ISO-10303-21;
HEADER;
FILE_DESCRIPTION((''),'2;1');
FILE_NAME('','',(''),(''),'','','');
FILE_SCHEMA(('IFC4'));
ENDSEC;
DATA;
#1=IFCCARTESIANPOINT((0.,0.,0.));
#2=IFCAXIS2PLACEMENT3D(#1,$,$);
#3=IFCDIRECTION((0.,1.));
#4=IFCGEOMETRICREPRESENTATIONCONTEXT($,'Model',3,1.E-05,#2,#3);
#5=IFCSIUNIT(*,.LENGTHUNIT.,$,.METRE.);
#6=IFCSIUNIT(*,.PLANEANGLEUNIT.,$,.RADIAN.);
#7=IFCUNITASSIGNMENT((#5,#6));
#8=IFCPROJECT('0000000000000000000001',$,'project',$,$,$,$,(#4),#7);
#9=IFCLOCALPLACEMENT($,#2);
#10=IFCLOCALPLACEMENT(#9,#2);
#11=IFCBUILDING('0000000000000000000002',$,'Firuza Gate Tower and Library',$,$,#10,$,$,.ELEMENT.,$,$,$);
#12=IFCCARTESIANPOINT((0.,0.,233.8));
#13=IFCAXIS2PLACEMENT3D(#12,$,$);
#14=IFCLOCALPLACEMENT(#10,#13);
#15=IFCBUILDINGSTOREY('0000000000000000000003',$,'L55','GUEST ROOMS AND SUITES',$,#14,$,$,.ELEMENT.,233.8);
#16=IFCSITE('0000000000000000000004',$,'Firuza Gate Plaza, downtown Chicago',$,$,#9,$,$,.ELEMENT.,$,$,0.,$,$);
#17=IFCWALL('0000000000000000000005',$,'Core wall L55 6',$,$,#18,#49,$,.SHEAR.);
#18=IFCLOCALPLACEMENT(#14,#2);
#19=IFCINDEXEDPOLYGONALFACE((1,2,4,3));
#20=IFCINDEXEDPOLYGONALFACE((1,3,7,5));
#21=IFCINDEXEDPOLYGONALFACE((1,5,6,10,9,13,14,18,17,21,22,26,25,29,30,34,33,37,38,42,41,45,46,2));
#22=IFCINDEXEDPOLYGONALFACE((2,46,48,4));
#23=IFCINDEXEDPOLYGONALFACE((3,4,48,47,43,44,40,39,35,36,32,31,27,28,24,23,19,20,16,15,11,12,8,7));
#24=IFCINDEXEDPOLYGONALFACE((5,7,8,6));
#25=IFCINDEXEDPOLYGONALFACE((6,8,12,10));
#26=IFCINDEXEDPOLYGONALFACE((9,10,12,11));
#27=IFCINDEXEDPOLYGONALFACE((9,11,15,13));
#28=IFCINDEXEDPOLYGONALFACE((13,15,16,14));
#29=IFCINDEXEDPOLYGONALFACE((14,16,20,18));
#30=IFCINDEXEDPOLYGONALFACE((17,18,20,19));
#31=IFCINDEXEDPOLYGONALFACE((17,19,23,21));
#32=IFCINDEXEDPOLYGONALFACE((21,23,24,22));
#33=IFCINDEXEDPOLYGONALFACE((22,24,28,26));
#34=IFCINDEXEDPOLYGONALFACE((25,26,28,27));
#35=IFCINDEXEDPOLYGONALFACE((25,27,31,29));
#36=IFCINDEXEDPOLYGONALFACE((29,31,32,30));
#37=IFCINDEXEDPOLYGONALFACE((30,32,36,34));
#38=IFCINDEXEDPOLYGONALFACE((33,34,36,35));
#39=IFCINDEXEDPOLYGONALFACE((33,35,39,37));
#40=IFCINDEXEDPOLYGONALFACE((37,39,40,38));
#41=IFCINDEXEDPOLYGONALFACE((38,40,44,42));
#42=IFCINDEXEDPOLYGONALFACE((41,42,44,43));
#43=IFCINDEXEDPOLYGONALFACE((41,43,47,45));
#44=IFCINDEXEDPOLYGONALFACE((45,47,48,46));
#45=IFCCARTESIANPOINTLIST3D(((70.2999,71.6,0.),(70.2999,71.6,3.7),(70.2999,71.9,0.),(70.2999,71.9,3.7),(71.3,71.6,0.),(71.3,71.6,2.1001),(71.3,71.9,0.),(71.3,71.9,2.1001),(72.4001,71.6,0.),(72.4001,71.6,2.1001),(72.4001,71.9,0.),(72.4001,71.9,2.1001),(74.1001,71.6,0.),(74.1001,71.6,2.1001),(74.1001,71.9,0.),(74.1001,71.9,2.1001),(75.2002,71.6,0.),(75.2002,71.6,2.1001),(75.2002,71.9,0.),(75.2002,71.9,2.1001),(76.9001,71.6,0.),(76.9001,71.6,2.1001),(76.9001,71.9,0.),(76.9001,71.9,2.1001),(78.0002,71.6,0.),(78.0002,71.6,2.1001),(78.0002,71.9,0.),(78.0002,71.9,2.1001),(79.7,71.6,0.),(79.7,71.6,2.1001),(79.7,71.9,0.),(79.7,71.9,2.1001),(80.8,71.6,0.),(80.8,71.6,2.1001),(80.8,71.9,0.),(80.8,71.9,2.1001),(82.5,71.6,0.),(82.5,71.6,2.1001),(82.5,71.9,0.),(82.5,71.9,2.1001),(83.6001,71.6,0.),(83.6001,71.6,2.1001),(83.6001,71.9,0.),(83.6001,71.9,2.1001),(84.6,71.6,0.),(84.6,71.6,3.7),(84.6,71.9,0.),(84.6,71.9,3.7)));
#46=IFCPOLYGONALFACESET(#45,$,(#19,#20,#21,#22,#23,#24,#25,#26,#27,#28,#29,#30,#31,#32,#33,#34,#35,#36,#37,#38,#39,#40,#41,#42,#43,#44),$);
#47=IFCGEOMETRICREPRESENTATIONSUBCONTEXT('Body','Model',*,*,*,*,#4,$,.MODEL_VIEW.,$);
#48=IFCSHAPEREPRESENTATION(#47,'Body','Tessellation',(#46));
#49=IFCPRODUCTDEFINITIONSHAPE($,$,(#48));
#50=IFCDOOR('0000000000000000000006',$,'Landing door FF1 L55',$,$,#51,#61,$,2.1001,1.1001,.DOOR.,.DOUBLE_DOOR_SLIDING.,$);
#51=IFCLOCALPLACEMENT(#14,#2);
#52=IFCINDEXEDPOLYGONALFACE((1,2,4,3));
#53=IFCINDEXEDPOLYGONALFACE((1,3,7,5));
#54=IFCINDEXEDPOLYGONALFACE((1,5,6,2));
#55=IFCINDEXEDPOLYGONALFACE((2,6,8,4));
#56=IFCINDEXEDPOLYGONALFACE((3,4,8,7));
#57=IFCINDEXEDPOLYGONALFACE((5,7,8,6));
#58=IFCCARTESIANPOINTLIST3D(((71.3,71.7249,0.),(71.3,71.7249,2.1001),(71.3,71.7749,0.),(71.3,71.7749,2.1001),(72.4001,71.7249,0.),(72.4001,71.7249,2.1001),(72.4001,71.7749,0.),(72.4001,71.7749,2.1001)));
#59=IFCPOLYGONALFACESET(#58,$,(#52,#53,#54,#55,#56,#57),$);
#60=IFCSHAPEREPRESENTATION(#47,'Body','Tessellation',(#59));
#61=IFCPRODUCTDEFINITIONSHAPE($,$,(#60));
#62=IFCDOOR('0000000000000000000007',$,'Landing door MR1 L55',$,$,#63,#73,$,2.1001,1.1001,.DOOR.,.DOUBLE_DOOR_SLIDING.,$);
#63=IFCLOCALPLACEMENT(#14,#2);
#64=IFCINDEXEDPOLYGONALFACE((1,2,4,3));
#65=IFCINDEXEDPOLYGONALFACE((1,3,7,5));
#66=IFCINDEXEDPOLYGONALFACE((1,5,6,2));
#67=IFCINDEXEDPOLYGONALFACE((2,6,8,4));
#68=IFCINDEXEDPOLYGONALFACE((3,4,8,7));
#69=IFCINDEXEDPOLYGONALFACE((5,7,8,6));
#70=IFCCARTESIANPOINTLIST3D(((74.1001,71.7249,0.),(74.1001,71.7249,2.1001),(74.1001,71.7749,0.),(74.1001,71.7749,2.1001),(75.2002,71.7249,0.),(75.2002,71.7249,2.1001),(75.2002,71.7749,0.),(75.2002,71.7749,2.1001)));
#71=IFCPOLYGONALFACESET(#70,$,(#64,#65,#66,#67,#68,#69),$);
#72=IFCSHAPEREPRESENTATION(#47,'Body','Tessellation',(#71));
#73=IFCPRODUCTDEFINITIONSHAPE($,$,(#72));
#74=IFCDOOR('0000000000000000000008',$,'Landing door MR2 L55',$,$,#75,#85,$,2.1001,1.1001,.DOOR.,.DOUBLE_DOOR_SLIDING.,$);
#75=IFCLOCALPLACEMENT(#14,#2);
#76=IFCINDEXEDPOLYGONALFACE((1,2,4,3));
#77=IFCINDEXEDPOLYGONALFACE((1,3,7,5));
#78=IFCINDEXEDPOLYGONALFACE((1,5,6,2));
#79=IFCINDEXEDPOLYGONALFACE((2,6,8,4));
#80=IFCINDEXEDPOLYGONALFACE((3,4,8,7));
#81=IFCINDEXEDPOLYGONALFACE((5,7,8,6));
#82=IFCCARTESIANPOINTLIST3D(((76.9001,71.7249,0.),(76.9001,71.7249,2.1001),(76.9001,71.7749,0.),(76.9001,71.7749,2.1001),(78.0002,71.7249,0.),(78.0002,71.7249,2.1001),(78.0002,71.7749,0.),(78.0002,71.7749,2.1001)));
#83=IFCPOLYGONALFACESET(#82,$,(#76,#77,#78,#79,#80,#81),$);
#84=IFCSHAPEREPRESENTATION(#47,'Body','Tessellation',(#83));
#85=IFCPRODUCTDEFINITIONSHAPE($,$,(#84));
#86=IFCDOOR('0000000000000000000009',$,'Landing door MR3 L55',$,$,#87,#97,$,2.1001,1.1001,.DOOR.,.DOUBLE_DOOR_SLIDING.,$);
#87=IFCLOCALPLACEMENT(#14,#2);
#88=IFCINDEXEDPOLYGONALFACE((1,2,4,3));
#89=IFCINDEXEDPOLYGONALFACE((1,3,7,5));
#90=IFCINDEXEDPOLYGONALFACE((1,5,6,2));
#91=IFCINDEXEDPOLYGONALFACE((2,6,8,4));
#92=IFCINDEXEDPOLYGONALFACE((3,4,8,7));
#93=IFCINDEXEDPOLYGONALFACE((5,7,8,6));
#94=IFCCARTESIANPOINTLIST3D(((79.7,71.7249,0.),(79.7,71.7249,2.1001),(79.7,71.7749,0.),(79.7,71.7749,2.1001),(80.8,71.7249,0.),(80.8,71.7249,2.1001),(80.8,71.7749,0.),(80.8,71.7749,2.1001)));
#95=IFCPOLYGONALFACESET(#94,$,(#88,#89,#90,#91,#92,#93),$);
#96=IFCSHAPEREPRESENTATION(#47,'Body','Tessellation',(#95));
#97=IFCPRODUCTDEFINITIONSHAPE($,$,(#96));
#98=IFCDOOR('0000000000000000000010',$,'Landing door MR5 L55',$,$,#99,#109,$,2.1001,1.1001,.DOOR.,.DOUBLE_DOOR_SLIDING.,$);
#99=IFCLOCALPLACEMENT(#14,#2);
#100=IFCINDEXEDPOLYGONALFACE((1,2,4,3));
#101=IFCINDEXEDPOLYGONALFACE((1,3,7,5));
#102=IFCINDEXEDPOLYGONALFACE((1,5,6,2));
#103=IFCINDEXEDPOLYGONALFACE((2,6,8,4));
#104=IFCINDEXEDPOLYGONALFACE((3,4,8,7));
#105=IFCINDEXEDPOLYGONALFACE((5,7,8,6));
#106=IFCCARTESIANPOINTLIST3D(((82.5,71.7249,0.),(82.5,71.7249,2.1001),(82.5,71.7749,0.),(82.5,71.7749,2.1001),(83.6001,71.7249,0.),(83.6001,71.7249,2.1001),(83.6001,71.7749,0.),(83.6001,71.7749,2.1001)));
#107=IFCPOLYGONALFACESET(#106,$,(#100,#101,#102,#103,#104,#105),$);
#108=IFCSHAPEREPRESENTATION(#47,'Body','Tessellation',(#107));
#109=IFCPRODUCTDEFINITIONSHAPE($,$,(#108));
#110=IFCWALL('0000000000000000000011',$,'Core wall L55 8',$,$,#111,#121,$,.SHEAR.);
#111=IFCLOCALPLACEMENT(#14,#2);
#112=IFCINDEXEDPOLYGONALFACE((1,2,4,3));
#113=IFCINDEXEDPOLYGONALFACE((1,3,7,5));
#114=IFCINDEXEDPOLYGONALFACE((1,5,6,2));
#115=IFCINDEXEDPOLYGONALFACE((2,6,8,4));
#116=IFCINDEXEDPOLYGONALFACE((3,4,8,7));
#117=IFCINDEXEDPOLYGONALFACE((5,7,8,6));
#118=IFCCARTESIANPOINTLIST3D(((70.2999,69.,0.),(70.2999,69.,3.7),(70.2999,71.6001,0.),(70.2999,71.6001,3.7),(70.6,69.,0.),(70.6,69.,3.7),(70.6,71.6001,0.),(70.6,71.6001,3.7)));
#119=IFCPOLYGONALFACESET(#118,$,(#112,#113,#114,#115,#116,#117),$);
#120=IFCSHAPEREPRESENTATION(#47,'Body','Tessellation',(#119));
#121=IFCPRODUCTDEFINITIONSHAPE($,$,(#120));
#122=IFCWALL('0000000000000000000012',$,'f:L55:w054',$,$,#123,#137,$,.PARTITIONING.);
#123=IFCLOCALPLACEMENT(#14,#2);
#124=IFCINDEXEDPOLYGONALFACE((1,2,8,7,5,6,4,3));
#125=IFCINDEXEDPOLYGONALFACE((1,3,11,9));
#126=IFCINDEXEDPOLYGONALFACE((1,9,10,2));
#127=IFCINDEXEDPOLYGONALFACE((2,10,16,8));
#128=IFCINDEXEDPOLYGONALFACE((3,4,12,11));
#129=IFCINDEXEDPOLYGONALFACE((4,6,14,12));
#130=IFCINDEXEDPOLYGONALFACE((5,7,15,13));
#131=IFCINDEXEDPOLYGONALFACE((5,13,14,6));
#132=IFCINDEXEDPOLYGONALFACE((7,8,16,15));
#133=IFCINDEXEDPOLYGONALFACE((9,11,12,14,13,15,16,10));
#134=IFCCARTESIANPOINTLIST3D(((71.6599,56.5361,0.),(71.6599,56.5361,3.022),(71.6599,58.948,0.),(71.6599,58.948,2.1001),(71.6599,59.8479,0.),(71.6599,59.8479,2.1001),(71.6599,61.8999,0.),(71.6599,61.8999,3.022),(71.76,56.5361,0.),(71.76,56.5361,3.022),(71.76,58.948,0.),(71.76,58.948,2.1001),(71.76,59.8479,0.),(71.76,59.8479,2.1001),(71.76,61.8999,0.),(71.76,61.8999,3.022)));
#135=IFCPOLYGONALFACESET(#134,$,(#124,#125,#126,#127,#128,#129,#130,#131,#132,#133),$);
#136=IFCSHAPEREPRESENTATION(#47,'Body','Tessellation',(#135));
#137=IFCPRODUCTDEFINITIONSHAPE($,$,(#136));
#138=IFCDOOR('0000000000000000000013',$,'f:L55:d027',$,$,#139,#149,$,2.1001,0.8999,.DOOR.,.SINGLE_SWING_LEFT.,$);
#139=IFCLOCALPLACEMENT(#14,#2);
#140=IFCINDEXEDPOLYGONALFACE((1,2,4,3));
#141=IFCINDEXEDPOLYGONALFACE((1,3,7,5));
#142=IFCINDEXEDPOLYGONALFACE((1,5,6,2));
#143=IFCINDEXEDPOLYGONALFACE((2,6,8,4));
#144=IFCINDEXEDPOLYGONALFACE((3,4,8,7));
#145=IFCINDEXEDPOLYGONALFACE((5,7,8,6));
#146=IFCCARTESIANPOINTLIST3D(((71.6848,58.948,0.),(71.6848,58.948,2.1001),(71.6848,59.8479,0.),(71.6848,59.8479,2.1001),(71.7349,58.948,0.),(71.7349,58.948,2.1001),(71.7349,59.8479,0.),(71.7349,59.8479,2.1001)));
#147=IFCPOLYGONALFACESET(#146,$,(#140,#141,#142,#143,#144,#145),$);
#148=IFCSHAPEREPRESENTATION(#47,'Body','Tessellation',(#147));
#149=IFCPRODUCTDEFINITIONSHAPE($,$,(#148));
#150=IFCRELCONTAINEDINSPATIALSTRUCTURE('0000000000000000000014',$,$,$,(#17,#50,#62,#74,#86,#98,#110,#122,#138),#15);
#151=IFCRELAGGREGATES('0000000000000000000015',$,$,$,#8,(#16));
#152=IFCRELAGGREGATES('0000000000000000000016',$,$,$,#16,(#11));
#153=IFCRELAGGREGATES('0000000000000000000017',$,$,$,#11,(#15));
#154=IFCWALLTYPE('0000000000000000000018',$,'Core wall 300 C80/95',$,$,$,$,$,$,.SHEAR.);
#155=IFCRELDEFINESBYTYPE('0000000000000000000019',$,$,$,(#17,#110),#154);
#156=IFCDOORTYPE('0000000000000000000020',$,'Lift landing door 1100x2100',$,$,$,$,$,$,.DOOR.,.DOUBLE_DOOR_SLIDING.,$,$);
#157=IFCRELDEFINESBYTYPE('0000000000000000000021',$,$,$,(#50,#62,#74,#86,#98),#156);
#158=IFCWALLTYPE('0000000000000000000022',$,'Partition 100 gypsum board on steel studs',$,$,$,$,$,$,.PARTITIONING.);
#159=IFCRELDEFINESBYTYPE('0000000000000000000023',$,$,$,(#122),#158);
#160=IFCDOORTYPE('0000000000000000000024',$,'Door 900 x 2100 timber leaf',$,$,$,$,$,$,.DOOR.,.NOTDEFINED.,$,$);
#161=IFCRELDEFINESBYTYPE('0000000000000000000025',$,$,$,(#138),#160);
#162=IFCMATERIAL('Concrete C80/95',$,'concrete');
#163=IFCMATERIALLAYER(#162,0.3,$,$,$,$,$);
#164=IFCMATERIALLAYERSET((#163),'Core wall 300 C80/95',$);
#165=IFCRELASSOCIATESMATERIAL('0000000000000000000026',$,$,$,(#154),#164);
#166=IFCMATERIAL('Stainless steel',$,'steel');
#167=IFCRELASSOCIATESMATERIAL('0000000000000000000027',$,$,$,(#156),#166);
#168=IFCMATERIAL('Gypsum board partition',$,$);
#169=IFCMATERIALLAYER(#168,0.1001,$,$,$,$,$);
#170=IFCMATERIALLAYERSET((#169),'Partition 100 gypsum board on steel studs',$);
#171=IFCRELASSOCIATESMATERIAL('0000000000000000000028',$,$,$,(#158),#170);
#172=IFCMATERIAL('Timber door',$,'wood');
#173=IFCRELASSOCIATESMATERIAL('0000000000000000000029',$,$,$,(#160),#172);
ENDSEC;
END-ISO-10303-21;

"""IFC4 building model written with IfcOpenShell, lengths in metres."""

from ifc_helpers import new_model, si_unit, direction, frame, frame_2d, origin, place, context, subcontext, project, spatial, rectangle, extrude, material, layer, layer_set, type_object, element, fill, save


model = new_model("IFC4")

# Units and contexts
model_context = context("Model", 3, precision=1e-05, world=origin(), true_north=direction((0.0, 1.0)))
body_context = subcontext(model_context, "Body", "Model", "MODEL_VIEW")
ifc_project = project(units=[si_unit("LENGTHUNIT", "METRE"), si_unit("PLANEANGLEUNIT", "RADIAN")], contexts=[model_context])

# Site, building, storey
site_placement = place(None, origin())
site = spatial("IfcSite", under=ifc_project, at=site_placement, Name="Firuza Gate Plaza, downtown Chicago", CompositionType="ELEMENT", RefElevation=0.0)
building_placement = place(site_placement, origin())
building = spatial("IfcBuilding", under=site, at=building_placement, Name="Firuza Gate Tower and Library", CompositionType="ELEMENT")
storey_placement = place(building_placement, frame((0.0, 0.0, 233.8)))
storey = spatial("IfcBuildingStorey", under=building, at=storey_placement, Name="L55", Description="GUEST ROOMS AND SUITES", CompositionType="ELEMENT", Elevation=233.8)

# Shared definitions
ifc_material_1 = material(Name="Concrete C80/95", Category="concrete")
ifc_layer_1 = layer(ifc_material_1, 0.3)
ifc_layer_set_1 = layer_set([ifc_layer_1], Name="Core wall 300 C80/95")
wall_type_1 = type_object("IfcWallType", Name="Core wall 300 C80/95", PredefinedType="SHEAR", material=ifc_layer_set_1)

# Wall, openings, doors
wall_1_placement = place(storey_placement, frame((70.3, 71.75, 0.0), z_axis=(0.0, 0.0, 1.0), x_axis=(1.0, 0.0, 0.0)))
wall_1 = element("IfcWall", 1, at=wall_1_placement, inside=storey, type_object=wall_type_1, Name="Core wall L55 6", PredefinedType="SHEAR", context=body_context, shape_type="SweptSolid", body=[
    extrude(rectangle(XDim=14.3, YDim=0.3, at=frame_2d((7.1499, 0.0))), origin(), (0.0, 0.0, 1.0), 3.7),
])
opening_1_placement = place(wall_1_placement, frame((1.0, 0.0, 0.0)))
opening_1 = element("IfcOpeningElement", 2, at=opening_1_placement, cuts=wall_1, PredefinedType="OPENING", context=body_context, shape_type="SweptSolid", body=[
    extrude(rectangle(XDim=1.1001, YDim=2.1001, at=frame_2d((0.55, 1.05))), frame((0.0, 0.1602, 0.0), z_axis=(0.0, -1.0, 0.0), x_axis=(1.0, 0.0, 0.0)), (0.0, 0.0, 1.0), 0.3201),
])
opening_2_placement = place(wall_1_placement, frame((3.8, 0.0, 0.0)))
opening_2 = element("IfcOpeningElement", 3, at=opening_2_placement, cuts=wall_1, PredefinedType="OPENING", context=body_context, shape_type="SweptSolid", body=[
    extrude(rectangle(XDim=1.1001, YDim=2.1001, at=frame_2d((0.55, 1.05))), frame((0.0, 0.1602, 0.0), z_axis=(0.0, -1.0, 0.0), x_axis=(1.0, 0.0, 0.0)), (0.0, 0.0, 1.0), 0.3201),
])
opening_3_placement = place(wall_1_placement, frame((6.6001, 0.0, 0.0)))
opening_3 = element("IfcOpeningElement", 4, at=opening_3_placement, cuts=wall_1, PredefinedType="OPENING", context=body_context, shape_type="SweptSolid", body=[
    extrude(rectangle(XDim=1.1001, YDim=2.1001, at=frame_2d((0.55, 1.05))), frame((0.0, 0.1602, 0.0), z_axis=(0.0, -1.0, 0.0), x_axis=(1.0, 0.0, 0.0)), (0.0, 0.0, 1.0), 0.3201),
])
opening_4_placement = place(wall_1_placement, frame((9.3999, 0.0, 0.0)))
opening_4 = element("IfcOpeningElement", 5, at=opening_4_placement, cuts=wall_1, PredefinedType="OPENING", context=body_context, shape_type="SweptSolid", body=[
    extrude(rectangle(XDim=1.1001, YDim=2.1001, at=frame_2d((0.55, 1.05))), frame((0.0, 0.1602, 0.0), z_axis=(0.0, -1.0, 0.0), x_axis=(1.0, 0.0, 0.0)), (0.0, 0.0, 1.0), 0.3201),
])
opening_5_placement = place(wall_1_placement, frame((12.2, 0.0, 0.0)))
opening_5 = element("IfcOpeningElement", 6, at=opening_5_placement, cuts=wall_1, PredefinedType="OPENING", context=body_context, shape_type="SweptSolid", body=[
    extrude(rectangle(XDim=1.1001, YDim=2.1001, at=frame_2d((0.55, 1.05))), frame((0.0, 0.1602, 0.0), z_axis=(0.0, -1.0, 0.0), x_axis=(1.0, 0.0, 0.0)), (0.0, 0.0, 1.0), 0.3201),
])
ifc_material_2 = material(Name="Stainless steel", Category="steel")
door_type_1 = type_object("IfcDoorType", Name="Lift landing door 1100x2100", OperationType="DOUBLE_DOOR_SLIDING", PredefinedType="DOOR", material=ifc_material_2)
door_1_placement = place(opening_1_placement, origin())
door_1 = element("IfcDoor", 7, at=door_1_placement, inside=storey, type_object=door_type_1, Name="Landing door FF1 L55", OperationType="DOUBLE_DOOR_SLIDING", OverallHeight=2.1001, OverallWidth=1.1001, PredefinedType="DOOR", context=body_context, shape_type="SweptSolid", body=[
    extrude(rectangle(XDim=1.1001, YDim=2.1001, at=frame_2d((0.55, 1.05))), frame((0.0, 0.0249, 0.0), z_axis=(0.0, -1.0, 0.0), x_axis=(1.0, 0.0, 0.0)), (0.0, 0.0, 1.0), 0.05),
])
fill(opening_1, door_1)
door_2_placement = place(opening_2_placement, origin())
door_2 = element("IfcDoor", 8, at=door_2_placement, inside=storey, type_object=door_type_1, Name="Landing door MR1 L55", OperationType="DOUBLE_DOOR_SLIDING", OverallHeight=2.1001, OverallWidth=1.1001, PredefinedType="DOOR", context=body_context, shape_type="SweptSolid", body=[
    extrude(rectangle(XDim=1.1001, YDim=2.1001, at=frame_2d((0.55, 1.05))), frame((0.0, 0.0249, 0.0), z_axis=(0.0, -1.0, 0.0), x_axis=(1.0, 0.0, 0.0)), (0.0, 0.0, 1.0), 0.05),
])
fill(opening_2, door_2)
door_3_placement = place(opening_3_placement, origin())
door_3 = element("IfcDoor", 9, at=door_3_placement, inside=storey, type_object=door_type_1, Name="Landing door MR2 L55", OperationType="DOUBLE_DOOR_SLIDING", OverallHeight=2.1001, OverallWidth=1.1001, PredefinedType="DOOR", context=body_context, shape_type="SweptSolid", body=[
    extrude(rectangle(XDim=1.1001, YDim=2.1001, at=frame_2d((0.55, 1.05))), frame((0.0, 0.0249, 0.0), z_axis=(0.0, -1.0, 0.0), x_axis=(1.0, 0.0, 0.0)), (0.0, 0.0, 1.0), 0.05),
])
fill(opening_3, door_3)
door_4_placement = place(opening_4_placement, origin())
door_4 = element("IfcDoor", 10, at=door_4_placement, inside=storey, type_object=door_type_1, Name="Landing door MR3 L55", OperationType="DOUBLE_DOOR_SLIDING", OverallHeight=2.1001, OverallWidth=1.1001, PredefinedType="DOOR", context=body_context, shape_type="SweptSolid", body=[
    extrude(rectangle(XDim=1.1001, YDim=2.1001, at=frame_2d((0.55, 1.05))), frame((0.0, 0.0249, 0.0), z_axis=(0.0, -1.0, 0.0), x_axis=(1.0, 0.0, 0.0)), (0.0, 0.0, 1.0), 0.05),
])
fill(opening_4, door_4)
door_5_placement = place(opening_5_placement, origin())
door_5 = element("IfcDoor", 11, at=door_5_placement, inside=storey, type_object=door_type_1, Name="Landing door MR5 L55", OperationType="DOUBLE_DOOR_SLIDING", OverallHeight=2.1001, OverallWidth=1.1001, PredefinedType="DOOR", context=body_context, shape_type="SweptSolid", body=[
    extrude(rectangle(XDim=1.1001, YDim=2.1001, at=frame_2d((0.55, 1.05))), frame((0.0, 0.0249, 0.0), z_axis=(0.0, -1.0, 0.0), x_axis=(1.0, 0.0, 0.0)), (0.0, 0.0, 1.0), 0.05),
])
fill(opening_5, door_5)

# Wall
wall_2_placement = place(storey_placement, frame((70.45, 69.0, 0.0), z_axis=(0.0, 0.0, 1.0), x_axis=(0.0, 1.0, 0.0)))
element("IfcWall", 12, at=wall_2_placement, inside=storey, type_object=wall_type_1, Name="Core wall L55 8", PredefinedType="SHEAR", context=body_context, shape_type="SweptSolid", body=[
    extrude(rectangle(XDim=2.6001, YDim=0.3, at=frame_2d((1.3, 0.0))), origin(), (0.0, 0.0, 1.0), 3.7),
])

# Wall, opening, door
ifc_material_3 = material(Name="Gypsum board partition")
ifc_layer_2 = layer(ifc_material_3, 0.1001)
ifc_layer_set_2 = layer_set([ifc_layer_2], Name="Partition 100 gypsum board on steel studs")
wall_type_2 = type_object("IfcWallType", Name="Partition 100 gypsum board on steel studs", PredefinedType="PARTITIONING", material=ifc_layer_set_2)
wall_3_placement = place(storey_placement, frame((71.71, 61.8999, 0.0), z_axis=(0.0, 0.0, 1.0), x_axis=(0.0, -1.0, 0.0)))
wall_3 = element("IfcWall", 13, at=wall_3_placement, inside=storey, type_object=wall_type_2, Name="f:L55:w054", PredefinedType="PARTITIONING", context=body_context, shape_type="SweptSolid", body=[
    extrude(rectangle(XDim=5.3638, YDim=0.1001, at=frame_2d((2.6819, 0.0))), origin(), (0.0, 0.0, 1.0), 3.022),
])
opening_6_placement = place(wall_3_placement, frame((2.052, 0.0, 0.0)))
opening_6 = element("IfcOpeningElement", 14, at=opening_6_placement, cuts=wall_3, PredefinedType="OPENING", context=body_context, shape_type="SweptSolid", body=[
    extrude(rectangle(XDim=0.8999, YDim=2.1001, at=frame_2d((0.45, 1.05))), frame((0.0, 0.0601, 0.0), z_axis=(0.0, -1.0, 0.0), x_axis=(1.0, 0.0, 0.0)), (0.0, 0.0, 1.0), 0.1201),
])
ifc_material_4 = material(Name="Timber door", Category="wood")
door_type_2 = type_object("IfcDoorType", Name="Door 900 x 2100 timber leaf", OperationType="NOTDEFINED", PredefinedType="DOOR", material=ifc_material_4)
door_6_placement = place(opening_6_placement, origin())
door_6 = element("IfcDoor", 15, at=door_6_placement, inside=storey, type_object=door_type_2, Name="f:L55:d027", OperationType="SINGLE_SWING_LEFT", OverallHeight=2.1001, OverallWidth=0.8999, PredefinedType="DOOR", context=body_context, shape_type="SweptSolid", body=[
    extrude(rectangle(XDim=0.8999, YDim=2.1001, at=frame_2d((0.45, 1.05))), frame((0.0, 0.0249, 0.0), z_axis=(0.0, -1.0, 0.0), x_axis=(1.0, 0.0, 0.0)), (0.0, 0.0, 1.0), 0.05),
])
fill(opening_6, door_6)

save(model, "model.ifc")
